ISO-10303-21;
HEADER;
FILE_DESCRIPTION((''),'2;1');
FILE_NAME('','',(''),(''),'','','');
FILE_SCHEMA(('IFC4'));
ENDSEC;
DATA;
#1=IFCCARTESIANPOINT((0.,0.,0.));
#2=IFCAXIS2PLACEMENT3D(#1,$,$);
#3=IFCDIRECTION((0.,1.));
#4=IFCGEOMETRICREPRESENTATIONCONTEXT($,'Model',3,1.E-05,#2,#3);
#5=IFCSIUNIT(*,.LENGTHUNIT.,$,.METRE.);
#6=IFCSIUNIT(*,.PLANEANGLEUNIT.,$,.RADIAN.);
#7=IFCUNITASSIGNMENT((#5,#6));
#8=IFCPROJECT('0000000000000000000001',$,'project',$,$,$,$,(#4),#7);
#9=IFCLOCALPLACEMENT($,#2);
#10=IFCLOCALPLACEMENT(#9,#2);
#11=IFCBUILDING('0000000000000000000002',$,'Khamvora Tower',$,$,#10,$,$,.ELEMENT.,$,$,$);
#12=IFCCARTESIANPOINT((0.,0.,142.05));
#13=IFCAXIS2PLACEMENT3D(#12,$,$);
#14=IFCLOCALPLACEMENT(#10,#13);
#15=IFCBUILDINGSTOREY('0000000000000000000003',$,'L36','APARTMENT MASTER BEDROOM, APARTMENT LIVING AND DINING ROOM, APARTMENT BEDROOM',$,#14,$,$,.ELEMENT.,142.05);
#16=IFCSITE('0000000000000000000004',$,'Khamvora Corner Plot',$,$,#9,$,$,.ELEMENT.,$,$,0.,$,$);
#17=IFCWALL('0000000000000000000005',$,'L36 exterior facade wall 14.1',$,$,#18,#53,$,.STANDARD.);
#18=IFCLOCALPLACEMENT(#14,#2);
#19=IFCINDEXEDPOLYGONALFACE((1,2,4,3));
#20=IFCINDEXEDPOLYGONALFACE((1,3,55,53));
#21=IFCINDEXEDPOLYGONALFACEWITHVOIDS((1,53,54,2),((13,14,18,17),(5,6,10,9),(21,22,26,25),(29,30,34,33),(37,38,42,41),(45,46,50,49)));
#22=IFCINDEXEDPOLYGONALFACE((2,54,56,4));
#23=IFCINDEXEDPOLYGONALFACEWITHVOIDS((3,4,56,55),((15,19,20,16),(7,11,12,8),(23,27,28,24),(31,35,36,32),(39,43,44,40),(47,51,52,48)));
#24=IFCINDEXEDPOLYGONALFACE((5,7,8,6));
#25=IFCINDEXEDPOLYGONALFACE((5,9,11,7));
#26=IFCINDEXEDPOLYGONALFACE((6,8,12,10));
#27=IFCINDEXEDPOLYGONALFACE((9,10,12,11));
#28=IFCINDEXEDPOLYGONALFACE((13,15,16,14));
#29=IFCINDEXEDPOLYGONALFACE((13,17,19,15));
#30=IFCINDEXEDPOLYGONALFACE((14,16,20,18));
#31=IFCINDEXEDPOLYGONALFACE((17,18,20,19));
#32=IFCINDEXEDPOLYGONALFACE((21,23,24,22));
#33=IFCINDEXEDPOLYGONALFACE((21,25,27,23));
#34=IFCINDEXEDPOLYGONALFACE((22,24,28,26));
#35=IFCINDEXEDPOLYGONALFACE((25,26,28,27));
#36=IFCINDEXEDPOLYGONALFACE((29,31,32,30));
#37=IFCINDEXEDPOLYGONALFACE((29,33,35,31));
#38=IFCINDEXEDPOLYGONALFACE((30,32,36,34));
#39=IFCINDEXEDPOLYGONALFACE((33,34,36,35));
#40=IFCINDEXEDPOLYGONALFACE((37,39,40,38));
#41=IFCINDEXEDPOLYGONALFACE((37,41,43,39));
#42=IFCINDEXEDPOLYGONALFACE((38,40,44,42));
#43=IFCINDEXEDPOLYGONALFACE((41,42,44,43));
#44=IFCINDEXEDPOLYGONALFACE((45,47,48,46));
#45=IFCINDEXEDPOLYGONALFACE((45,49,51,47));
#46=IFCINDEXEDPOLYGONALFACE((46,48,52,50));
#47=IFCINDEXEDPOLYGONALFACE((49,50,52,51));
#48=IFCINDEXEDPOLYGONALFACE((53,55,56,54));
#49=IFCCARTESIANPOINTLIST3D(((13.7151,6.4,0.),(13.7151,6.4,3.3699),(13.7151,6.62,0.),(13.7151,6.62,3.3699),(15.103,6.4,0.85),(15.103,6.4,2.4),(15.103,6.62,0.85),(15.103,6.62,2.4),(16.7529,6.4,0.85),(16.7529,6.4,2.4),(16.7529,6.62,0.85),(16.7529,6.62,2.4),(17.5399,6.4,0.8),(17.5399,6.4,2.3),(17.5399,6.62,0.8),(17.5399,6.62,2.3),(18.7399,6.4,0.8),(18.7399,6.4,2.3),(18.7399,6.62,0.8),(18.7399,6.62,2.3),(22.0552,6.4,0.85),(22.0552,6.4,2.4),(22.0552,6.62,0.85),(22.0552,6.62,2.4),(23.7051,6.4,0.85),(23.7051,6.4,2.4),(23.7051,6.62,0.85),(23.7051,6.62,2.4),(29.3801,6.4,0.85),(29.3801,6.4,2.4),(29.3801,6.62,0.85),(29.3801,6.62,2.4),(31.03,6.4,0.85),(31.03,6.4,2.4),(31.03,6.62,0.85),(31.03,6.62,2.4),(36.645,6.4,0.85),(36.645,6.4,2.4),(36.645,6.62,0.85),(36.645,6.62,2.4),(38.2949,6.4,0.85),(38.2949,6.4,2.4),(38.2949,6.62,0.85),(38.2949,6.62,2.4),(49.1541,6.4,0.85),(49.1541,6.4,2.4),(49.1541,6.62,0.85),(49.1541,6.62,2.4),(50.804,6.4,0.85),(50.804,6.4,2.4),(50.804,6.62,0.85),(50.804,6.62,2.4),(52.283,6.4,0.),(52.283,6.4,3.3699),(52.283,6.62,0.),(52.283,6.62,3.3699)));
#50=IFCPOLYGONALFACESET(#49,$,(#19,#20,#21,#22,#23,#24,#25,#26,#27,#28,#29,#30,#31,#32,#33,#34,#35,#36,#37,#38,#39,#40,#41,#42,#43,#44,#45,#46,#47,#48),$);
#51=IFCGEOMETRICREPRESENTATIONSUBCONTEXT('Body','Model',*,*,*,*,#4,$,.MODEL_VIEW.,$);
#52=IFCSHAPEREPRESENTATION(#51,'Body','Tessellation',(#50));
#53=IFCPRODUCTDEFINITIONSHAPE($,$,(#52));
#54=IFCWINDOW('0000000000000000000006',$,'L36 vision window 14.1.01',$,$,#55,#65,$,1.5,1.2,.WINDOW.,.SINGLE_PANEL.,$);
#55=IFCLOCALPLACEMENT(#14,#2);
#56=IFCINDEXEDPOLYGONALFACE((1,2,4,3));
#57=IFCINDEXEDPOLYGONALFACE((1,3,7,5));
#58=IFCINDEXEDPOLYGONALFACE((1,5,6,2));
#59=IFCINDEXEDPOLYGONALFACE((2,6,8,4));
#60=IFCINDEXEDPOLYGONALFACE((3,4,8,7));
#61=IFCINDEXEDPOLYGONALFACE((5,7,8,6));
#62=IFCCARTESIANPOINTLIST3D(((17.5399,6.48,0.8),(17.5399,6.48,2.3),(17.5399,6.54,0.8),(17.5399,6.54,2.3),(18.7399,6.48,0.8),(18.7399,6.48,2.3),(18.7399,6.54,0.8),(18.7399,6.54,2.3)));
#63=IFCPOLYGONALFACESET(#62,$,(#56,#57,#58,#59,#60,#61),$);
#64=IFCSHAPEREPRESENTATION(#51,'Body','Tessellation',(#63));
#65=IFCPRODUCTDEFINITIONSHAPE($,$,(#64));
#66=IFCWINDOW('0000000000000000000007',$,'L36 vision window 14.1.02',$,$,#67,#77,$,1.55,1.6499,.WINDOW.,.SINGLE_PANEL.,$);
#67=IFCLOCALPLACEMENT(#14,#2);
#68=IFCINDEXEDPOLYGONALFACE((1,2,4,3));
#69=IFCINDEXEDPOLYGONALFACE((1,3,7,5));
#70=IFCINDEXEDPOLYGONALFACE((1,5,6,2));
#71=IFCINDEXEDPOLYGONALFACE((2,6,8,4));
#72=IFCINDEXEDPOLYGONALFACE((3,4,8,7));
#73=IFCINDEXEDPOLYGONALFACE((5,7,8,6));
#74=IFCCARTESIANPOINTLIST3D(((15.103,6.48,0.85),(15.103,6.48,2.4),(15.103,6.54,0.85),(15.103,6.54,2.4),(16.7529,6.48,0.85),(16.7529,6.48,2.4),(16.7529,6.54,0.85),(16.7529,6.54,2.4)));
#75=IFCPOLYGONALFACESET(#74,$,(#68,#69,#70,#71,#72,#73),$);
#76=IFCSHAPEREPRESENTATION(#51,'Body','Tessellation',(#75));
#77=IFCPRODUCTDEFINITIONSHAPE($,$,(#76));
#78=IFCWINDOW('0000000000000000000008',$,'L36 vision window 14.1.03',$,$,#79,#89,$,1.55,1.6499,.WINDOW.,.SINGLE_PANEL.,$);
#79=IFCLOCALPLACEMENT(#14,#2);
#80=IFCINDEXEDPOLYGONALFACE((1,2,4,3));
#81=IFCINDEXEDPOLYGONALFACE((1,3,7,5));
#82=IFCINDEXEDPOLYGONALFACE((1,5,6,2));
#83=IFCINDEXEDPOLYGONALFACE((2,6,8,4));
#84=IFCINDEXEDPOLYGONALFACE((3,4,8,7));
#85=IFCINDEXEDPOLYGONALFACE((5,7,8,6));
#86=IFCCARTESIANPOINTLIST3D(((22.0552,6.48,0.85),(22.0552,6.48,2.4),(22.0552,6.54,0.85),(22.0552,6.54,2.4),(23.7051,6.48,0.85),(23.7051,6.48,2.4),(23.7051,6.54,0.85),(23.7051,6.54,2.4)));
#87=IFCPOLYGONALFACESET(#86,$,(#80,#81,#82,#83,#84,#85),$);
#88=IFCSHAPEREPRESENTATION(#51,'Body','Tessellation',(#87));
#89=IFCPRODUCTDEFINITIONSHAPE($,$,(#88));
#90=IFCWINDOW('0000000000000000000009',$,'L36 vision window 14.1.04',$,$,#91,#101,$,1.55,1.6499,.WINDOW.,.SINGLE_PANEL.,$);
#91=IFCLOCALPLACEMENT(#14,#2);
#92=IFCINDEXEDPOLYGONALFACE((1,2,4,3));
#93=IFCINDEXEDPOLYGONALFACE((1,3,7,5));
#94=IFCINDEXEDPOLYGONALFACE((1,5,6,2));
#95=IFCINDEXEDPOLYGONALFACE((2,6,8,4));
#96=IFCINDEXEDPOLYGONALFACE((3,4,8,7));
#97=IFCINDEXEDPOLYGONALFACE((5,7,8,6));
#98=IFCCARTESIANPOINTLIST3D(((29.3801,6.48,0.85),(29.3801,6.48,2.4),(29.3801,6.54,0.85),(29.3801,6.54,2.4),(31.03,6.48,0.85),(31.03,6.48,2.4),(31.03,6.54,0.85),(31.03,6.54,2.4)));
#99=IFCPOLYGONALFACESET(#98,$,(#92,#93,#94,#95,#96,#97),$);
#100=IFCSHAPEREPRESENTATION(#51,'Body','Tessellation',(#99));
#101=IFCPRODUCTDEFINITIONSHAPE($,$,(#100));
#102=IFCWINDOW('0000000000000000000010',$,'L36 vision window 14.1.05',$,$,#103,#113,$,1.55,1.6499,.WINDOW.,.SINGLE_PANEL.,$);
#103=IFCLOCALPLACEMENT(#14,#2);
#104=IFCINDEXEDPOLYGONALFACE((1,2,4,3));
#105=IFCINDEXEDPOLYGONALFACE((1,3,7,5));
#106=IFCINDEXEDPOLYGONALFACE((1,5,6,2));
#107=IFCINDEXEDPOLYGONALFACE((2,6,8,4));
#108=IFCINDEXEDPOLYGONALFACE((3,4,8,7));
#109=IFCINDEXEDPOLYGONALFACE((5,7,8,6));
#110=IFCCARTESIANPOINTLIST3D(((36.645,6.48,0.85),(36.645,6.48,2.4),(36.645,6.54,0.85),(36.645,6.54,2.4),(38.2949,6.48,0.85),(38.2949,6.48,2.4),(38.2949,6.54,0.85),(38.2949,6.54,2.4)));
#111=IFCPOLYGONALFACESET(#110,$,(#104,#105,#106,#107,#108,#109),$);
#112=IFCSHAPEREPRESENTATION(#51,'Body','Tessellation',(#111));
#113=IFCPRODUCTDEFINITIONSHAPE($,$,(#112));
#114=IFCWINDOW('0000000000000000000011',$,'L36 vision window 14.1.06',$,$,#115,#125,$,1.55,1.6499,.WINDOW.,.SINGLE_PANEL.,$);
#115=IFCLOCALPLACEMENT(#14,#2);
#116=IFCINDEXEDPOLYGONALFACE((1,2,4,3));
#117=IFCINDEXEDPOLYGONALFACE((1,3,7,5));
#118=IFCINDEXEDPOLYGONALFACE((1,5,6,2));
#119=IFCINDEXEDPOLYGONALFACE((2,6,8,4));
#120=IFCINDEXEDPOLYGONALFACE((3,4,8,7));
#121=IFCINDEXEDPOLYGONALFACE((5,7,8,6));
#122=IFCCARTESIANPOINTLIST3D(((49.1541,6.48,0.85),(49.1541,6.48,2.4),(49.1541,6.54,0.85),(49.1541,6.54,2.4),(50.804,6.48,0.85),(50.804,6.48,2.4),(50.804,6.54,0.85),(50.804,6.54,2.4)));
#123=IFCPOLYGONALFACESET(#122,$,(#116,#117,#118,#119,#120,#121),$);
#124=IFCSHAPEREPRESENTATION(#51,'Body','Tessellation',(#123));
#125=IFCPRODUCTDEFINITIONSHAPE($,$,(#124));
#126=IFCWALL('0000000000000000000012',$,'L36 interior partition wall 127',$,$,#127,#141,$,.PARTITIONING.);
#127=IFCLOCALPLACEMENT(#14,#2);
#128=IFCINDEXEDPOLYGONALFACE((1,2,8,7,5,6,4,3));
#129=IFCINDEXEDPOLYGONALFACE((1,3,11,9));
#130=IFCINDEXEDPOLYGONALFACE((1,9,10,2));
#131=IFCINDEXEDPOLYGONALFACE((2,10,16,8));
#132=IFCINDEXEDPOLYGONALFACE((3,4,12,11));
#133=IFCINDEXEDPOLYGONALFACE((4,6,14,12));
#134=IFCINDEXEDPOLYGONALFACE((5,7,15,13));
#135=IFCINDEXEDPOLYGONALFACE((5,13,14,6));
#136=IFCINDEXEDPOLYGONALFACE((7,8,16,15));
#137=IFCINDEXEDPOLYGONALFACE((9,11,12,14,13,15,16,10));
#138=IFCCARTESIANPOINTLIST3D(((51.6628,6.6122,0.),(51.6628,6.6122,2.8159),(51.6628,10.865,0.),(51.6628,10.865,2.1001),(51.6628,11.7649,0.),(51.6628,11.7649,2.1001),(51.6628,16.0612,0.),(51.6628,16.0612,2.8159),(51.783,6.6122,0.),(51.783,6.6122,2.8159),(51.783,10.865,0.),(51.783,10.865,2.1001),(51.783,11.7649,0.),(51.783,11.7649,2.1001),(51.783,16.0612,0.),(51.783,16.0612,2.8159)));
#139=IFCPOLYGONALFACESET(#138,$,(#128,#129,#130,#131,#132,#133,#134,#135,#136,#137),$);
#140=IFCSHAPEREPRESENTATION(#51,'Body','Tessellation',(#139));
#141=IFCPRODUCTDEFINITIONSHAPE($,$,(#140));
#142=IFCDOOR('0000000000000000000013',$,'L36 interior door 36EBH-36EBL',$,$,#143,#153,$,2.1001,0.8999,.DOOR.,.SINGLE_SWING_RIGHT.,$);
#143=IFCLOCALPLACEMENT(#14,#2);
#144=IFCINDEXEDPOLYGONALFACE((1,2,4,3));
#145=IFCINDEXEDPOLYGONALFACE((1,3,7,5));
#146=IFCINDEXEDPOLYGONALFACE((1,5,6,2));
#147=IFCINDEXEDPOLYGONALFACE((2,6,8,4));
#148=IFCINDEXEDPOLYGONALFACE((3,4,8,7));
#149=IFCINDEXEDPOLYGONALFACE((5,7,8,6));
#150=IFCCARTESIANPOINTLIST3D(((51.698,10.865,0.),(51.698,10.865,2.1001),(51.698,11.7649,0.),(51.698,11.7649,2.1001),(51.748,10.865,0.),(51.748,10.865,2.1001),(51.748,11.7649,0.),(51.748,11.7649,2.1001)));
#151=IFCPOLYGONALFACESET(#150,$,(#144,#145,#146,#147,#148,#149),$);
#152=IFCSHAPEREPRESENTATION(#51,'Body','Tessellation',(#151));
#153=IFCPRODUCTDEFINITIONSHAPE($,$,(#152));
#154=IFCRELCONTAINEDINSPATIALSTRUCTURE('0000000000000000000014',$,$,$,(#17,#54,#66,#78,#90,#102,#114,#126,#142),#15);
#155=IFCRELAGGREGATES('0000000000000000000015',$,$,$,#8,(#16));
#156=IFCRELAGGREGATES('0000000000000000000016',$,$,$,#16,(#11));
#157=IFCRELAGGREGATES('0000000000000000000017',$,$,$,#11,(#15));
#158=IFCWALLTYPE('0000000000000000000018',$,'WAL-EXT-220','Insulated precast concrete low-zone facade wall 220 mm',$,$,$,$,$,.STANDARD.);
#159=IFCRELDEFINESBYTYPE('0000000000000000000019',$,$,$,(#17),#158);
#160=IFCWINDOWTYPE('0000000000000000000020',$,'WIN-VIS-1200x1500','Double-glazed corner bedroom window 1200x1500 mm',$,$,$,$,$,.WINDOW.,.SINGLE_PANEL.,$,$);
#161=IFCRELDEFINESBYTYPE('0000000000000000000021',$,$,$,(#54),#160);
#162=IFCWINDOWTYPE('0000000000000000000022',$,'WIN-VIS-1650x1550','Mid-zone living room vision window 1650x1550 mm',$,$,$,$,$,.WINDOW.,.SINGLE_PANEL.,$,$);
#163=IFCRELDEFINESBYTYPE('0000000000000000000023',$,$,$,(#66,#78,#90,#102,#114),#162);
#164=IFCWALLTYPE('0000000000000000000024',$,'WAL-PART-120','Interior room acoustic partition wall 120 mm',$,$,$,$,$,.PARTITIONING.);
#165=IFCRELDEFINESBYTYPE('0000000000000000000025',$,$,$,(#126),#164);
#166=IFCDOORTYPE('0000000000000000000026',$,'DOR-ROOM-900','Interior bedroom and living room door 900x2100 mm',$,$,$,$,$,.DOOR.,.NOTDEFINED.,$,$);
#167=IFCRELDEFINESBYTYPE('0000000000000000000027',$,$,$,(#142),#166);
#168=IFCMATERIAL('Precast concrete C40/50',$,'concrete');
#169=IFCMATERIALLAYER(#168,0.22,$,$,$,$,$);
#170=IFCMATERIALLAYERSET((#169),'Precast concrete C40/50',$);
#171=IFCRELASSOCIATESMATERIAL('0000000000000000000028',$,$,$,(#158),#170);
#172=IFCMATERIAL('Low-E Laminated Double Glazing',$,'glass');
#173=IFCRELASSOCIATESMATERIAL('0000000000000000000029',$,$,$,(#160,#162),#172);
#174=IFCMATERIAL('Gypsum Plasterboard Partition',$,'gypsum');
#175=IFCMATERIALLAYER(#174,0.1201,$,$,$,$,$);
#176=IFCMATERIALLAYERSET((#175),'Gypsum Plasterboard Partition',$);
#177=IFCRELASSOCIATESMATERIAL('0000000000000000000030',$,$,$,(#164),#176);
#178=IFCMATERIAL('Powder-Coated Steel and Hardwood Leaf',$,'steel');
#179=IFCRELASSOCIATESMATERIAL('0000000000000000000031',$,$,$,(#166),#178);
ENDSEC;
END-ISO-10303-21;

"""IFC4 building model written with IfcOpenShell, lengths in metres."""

from ifc_helpers import new_model, si_unit, direction, frame, frame_2d, origin, place, context, subcontext, project, spatial, rectangle, extrude, material, layer, layer_set, type_object, element, fill, save


model = new_model("IFC4")

# Units and contexts
model_context = context("Model", 3, precision=1e-05, world=origin(), true_north=direction((0.0, 1.0)))
body_context = subcontext(model_context, "Body", "Model", "MODEL_VIEW")
ifc_project = project(units=[si_unit("LENGTHUNIT", "METRE"), si_unit("PLANEANGLEUNIT", "RADIAN")], contexts=[model_context])

# Site, building, storey
site_placement = place(None, origin())
site = spatial("IfcSite", under=ifc_project, at=site_placement, Name="Khamvora Corner Plot", CompositionType="ELEMENT", RefElevation=0.0)
building_placement = place(site_placement, origin())
building = spatial("IfcBuilding", under=site, at=building_placement, Name="Khamvora Tower", CompositionType="ELEMENT")
storey_placement = place(building_placement, frame((0.0, 0.0, 142.05)))
storey = spatial("IfcBuildingStorey", under=building, at=storey_placement, Name="L36", Description="APARTMENT MASTER BEDROOM, APARTMENT LIVING AND DINING ROOM, APARTMENT BEDROOM", CompositionType="ELEMENT", Elevation=142.05)

# Shared definitions
ifc_material_1 = material(Name="Precast concrete C40/50", Category="concrete")
ifc_layer_1 = layer(ifc_material_1, 0.22)
ifc_layer_set_1 = layer_set([ifc_layer_1], Name="Precast concrete C40/50")
wall_type_1 = type_object("IfcWallType", Name="WAL-EXT-220", Description="Insulated precast concrete low-zone facade wall 220 mm", PredefinedType="STANDARD", material=ifc_layer_set_1)

# Wall, openings, windows
wall_1_placement = place(storey_placement, frame((52.283, 6.51, 0.0), z_axis=(0.0, 0.0, 1.0), x_axis=(-1.0, 0.0, 0.0)))
wall_1 = element("IfcWall", 1, at=wall_1_placement, inside=storey, type_object=wall_type_1, Name="L36 exterior facade wall 14.1", PredefinedType="STANDARD", context=body_context, shape_type="SweptSolid", body=[
    extrude(rectangle(XDim=38.5679, YDim=0.22, at=frame_2d((19.2839, 0.0))), origin(), (0.0, 0.0, 1.0), 3.3699),
])
opening_1_placement = place(wall_1_placement, frame((33.543, 0.0, 0.8)))
opening_1 = element("IfcOpeningElement", 2, at=opening_1_placement, cuts=wall_1, PredefinedType="OPENING", context=body_context, shape_type="SweptSolid", body=[
    extrude(rectangle(XDim=1.2, YDim=1.5, at=frame_2d((0.6001, 0.75))), frame((0.0, 0.1199, 0.0), z_axis=(0.0, -1.0, 0.0), x_axis=(1.0, 0.0, 0.0)), (0.0, 0.0, 1.0), 0.24),
])
opening_2_placement = place(wall_1_placement, frame((35.53, 0.0, 0.8501)))
opening_2 = element("IfcOpeningElement", 3, at=opening_2_placement, cuts=wall_1, PredefinedType="OPENING", context=body_context, shape_type="SweptSolid", body=[
    extrude(rectangle(XDim=1.6499, YDim=1.55, at=frame_2d((0.825, 0.7749))), frame((0.0, 0.1199, 0.0), z_axis=(0.0, -1.0, 0.0), x_axis=(1.0, 0.0, 0.0)), (0.0, 0.0, 1.0), 0.24),
])
opening_3_placement = place(wall_1_placement, frame((28.5779, 0.0, 0.8501)))
opening_3 = element("IfcOpeningElement", 4, at=opening_3_placement, cuts=wall_1, PredefinedType="OPENING", context=body_context, shape_type="SweptSolid", body=[
    extrude(rectangle(XDim=1.6499, YDim=1.55, at=frame_2d((0.825, 0.7749))), frame((0.0, 0.1199, 0.0), z_axis=(0.0, -1.0, 0.0), x_axis=(1.0, 0.0, 0.0)), (0.0, 0.0, 1.0), 0.24),
])
opening_4_placement = place(wall_1_placement, frame((21.2529, 0.0, 0.8501)))
opening_4 = element("IfcOpeningElement", 5, at=opening_4_placement, cuts=wall_1, PredefinedType="OPENING", context=body_context, shape_type="SweptSolid", body=[
    extrude(rectangle(XDim=1.6499, YDim=1.55, at=frame_2d((0.825, 0.7749))), frame((0.0, 0.1199, 0.0), z_axis=(0.0, -1.0, 0.0), x_axis=(1.0, 0.0, 0.0)), (0.0, 0.0, 1.0), 0.24),
])
opening_5_placement = place(wall_1_placement, frame((13.988, 0.0, 0.8501)))
opening_5 = element("IfcOpeningElement", 6, at=opening_5_placement, cuts=wall_1, PredefinedType="OPENING", context=body_context, shape_type="SweptSolid", body=[
    extrude(rectangle(XDim=1.6499, YDim=1.55, at=frame_2d((0.825, 0.7749))), frame((0.0, 0.1199, 0.0), z_axis=(0.0, -1.0, 0.0), x_axis=(1.0, 0.0, 0.0)), (0.0, 0.0, 1.0), 0.24),
])
opening_6_placement = place(wall_1_placement, frame((1.479, 0.0, 0.8501)))
opening_6 = element("IfcOpeningElement", 7, at=opening_6_placement, cuts=wall_1, PredefinedType="OPENING", context=body_context, shape_type="SweptSolid", body=[
    extrude(rectangle(XDim=1.6499, YDim=1.55, at=frame_2d((0.825, 0.7749))), frame((0.0, 0.1199, 0.0), z_axis=(0.0, -1.0, 0.0), x_axis=(1.0, 0.0, 0.0)), (0.0, 0.0, 1.0), 0.24),
])
ifc_material_2 = material(Name="Low-E Laminated Double Glazing", Category="glass")
window_type_1 = type_object("IfcWindowType", Name="WIN-VIS-1200x1500", Description="Double-glazed corner bedroom window 1200x1500 mm", PartitioningType="SINGLE_PANEL", PredefinedType="WINDOW", material=ifc_material_2)
window_1_placement = place(opening_1_placement, origin())
window_1 = element("IfcWindow", 8, at=window_1_placement, inside=storey, type_object=window_type_1, Name="L36 vision window 14.1.01", OverallHeight=1.5, OverallWidth=1.2, PartitioningType="SINGLE_PANEL", PredefinedType="WINDOW", context=body_context, shape_type="SweptSolid", body=[
    extrude(rectangle(XDim=1.2, YDim=1.5, at=frame_2d((0.6001, 0.75))), frame((0.0, 0.03, 0.0), z_axis=(0.0, -1.0, 0.0), x_axis=(1.0, 0.0, 0.0)), (0.0, 0.0, 1.0), 0.0601),
])
fill(opening_1, window_1)
window_type_2 = type_object("IfcWindowType", Name="WIN-VIS-1650x1550", Description="Mid-zone living room vision window 1650x1550 mm", PartitioningType="SINGLE_PANEL", PredefinedType="WINDOW", material=ifc_material_2)
window_2_placement = place(opening_2_placement, origin())
window_2 = element("IfcWindow", 9, at=window_2_placement, inside=storey, type_object=window_type_2, Name="L36 vision window 14.1.02", OverallHeight=1.55, OverallWidth=1.6499, PartitioningType="SINGLE_PANEL", PredefinedType="WINDOW", context=body_context, shape_type="SweptSolid", body=[
    extrude(rectangle(XDim=1.6499, YDim=1.55, at=frame_2d((0.825, 0.7749))), frame((0.0, 0.03, 0.0), z_axis=(0.0, -1.0, 0.0), x_axis=(1.0, 0.0, 0.0)), (0.0, 0.0, 1.0), 0.0601),
])
fill(opening_2, window_2)
window_3_placement = place(opening_3_placement, origin())
window_3 = element("IfcWindow", 10, at=window_3_placement, inside=storey, type_object=window_type_2, Name="L36 vision window 14.1.03", OverallHeight=1.55, OverallWidth=1.6499, PartitioningType="SINGLE_PANEL", PredefinedType="WINDOW", context=body_context, shape_type="SweptSolid", body=[
    extrude(rectangle(XDim=1.6499, YDim=1.55, at=frame_2d((0.825, 0.7749))), frame((0.0, 0.03, 0.0), z_axis=(0.0, -1.0, 0.0), x_axis=(1.0, 0.0, 0.0)), (0.0, 0.0, 1.0), 0.0601),
])
fill(opening_3, window_3)
window_4_placement = place(opening_4_placement, origin())
window_4 = element("IfcWindow", 11, at=window_4_placement, inside=storey, type_object=window_type_2, Name="L36 vision window 14.1.04", OverallHeight=1.55, OverallWidth=1.6499, PartitioningType="SINGLE_PANEL", PredefinedType="WINDOW", context=body_context, shape_type="SweptSolid", body=[
    extrude(rectangle(XDim=1.6499, YDim=1.55, at=frame_2d((0.825, 0.7749))), frame((0.0, 0.03, 0.0), z_axis=(0.0, -1.0, 0.0), x_axis=(1.0, 0.0, 0.0)), (0.0, 0.0, 1.0), 0.0601),
])
fill(opening_4, window_4)
window_5_placement = place(opening_5_placement, origin())
window_5 = element("IfcWindow", 12, at=window_5_placement, inside=storey, type_object=window_type_2, Name="L36 vision window 14.1.05", OverallHeight=1.55, OverallWidth=1.6499, PartitioningType="SINGLE_PANEL", PredefinedType="WINDOW", context=body_context, shape_type="SweptSolid", body=[
    extrude(rectangle(XDim=1.6499, YDim=1.55, at=frame_2d((0.825, 0.7749))), frame((0.0, 0.03, 0.0), z_axis=(0.0, -1.0, 0.0), x_axis=(1.0, 0.0, 0.0)), (0.0, 0.0, 1.0), 0.0601),
])
fill(opening_5, window_5)
window_6_placement = place(opening_6_placement, origin())
window_6 = element("IfcWindow", 13, at=window_6_placement, inside=storey, type_object=window_type_2, Name="L36 vision window 14.1.06", OverallHeight=1.55, OverallWidth=1.6499, PartitioningType="SINGLE_PANEL", PredefinedType="WINDOW", context=body_context, shape_type="SweptSolid", body=[
    extrude(rectangle(XDim=1.6499, YDim=1.55, at=frame_2d((0.825, 0.7749))), frame((0.0, 0.03, 0.0), z_axis=(0.0, -1.0, 0.0), x_axis=(1.0, 0.0, 0.0)), (0.0, 0.0, 1.0), 0.0601),
])
fill(opening_6, window_6)

# Wall, opening, door
ifc_material_3 = material(Name="Gypsum Plasterboard Partition", Category="gypsum")
ifc_layer_2 = layer(ifc_material_3, 0.1201)
ifc_layer_set_2 = layer_set([ifc_layer_2], Name="Gypsum Plasterboard Partition")
wall_type_2 = type_object("IfcWallType", Name="WAL-PART-120", Description="Interior room acoustic partition wall 120 mm", PredefinedType="PARTITIONING", material=ifc_layer_set_2)
wall_2_placement = place(storey_placement, frame((51.7229, 6.6121, 0.0), z_axis=(0.0, 0.0, 1.0), x_axis=(0.0, 1.0, 0.0)))
wall_2 = element("IfcWall", 14, at=wall_2_placement, inside=storey, type_object=wall_type_2, Name="L36 interior partition wall 127", PredefinedType="PARTITIONING", context=body_context, shape_type="SweptSolid", body=[
    extrude(rectangle(XDim=9.449, YDim=0.1201, at=frame_2d((4.7246, 0.0))), origin(), (0.0, 0.0, 1.0), 2.8159),
])
opening_7_placement = place(wall_2_placement, frame((4.2529, 0.0, 0.0)))
opening_7 = element("IfcOpeningElement", 15, at=opening_7_placement, cuts=wall_2, PredefinedType="OPENING", context=body_context, shape_type="SweptSolid", body=[
    extrude(rectangle(XDim=0.8999, YDim=2.1001, at=frame_2d((0.45, 1.05))), frame((0.0, 0.0701, 0.0), z_axis=(0.0, -1.0, 0.0), x_axis=(1.0, 0.0, 0.0)), (0.0, 0.0, 1.0), 0.1401),
])
ifc_material_4 = material(Name="Powder-Coated Steel and Hardwood Leaf", Category="steel")
door_type = type_object("IfcDoorType", Name="DOR-ROOM-900", Description="Interior bedroom and living room door 900x2100 mm", OperationType="NOTDEFINED", PredefinedType="DOOR", material=ifc_material_4)
door_1_placement = place(opening_7_placement, origin())
door_1 = element("IfcDoor", 16, at=door_1_placement, inside=storey, type_object=door_type, Name="L36 interior door 36EBH-36EBL", OperationType="SINGLE_SWING_RIGHT", OverallHeight=2.1001, OverallWidth=0.8999, PredefinedType="DOOR", context=body_context, shape_type="SweptSolid", body=[
    extrude(rectangle(XDim=0.8999, YDim=2.1001, at=frame_2d((0.45, 1.05))), frame((0.0, 0.0249, 0.0), z_axis=(0.0, -1.0, 0.0), x_axis=(1.0, 0.0, 0.0)), (0.0, 0.0, 1.0), 0.05),
])
fill(opening_7, door_1)

save(model, "model.ifc")
